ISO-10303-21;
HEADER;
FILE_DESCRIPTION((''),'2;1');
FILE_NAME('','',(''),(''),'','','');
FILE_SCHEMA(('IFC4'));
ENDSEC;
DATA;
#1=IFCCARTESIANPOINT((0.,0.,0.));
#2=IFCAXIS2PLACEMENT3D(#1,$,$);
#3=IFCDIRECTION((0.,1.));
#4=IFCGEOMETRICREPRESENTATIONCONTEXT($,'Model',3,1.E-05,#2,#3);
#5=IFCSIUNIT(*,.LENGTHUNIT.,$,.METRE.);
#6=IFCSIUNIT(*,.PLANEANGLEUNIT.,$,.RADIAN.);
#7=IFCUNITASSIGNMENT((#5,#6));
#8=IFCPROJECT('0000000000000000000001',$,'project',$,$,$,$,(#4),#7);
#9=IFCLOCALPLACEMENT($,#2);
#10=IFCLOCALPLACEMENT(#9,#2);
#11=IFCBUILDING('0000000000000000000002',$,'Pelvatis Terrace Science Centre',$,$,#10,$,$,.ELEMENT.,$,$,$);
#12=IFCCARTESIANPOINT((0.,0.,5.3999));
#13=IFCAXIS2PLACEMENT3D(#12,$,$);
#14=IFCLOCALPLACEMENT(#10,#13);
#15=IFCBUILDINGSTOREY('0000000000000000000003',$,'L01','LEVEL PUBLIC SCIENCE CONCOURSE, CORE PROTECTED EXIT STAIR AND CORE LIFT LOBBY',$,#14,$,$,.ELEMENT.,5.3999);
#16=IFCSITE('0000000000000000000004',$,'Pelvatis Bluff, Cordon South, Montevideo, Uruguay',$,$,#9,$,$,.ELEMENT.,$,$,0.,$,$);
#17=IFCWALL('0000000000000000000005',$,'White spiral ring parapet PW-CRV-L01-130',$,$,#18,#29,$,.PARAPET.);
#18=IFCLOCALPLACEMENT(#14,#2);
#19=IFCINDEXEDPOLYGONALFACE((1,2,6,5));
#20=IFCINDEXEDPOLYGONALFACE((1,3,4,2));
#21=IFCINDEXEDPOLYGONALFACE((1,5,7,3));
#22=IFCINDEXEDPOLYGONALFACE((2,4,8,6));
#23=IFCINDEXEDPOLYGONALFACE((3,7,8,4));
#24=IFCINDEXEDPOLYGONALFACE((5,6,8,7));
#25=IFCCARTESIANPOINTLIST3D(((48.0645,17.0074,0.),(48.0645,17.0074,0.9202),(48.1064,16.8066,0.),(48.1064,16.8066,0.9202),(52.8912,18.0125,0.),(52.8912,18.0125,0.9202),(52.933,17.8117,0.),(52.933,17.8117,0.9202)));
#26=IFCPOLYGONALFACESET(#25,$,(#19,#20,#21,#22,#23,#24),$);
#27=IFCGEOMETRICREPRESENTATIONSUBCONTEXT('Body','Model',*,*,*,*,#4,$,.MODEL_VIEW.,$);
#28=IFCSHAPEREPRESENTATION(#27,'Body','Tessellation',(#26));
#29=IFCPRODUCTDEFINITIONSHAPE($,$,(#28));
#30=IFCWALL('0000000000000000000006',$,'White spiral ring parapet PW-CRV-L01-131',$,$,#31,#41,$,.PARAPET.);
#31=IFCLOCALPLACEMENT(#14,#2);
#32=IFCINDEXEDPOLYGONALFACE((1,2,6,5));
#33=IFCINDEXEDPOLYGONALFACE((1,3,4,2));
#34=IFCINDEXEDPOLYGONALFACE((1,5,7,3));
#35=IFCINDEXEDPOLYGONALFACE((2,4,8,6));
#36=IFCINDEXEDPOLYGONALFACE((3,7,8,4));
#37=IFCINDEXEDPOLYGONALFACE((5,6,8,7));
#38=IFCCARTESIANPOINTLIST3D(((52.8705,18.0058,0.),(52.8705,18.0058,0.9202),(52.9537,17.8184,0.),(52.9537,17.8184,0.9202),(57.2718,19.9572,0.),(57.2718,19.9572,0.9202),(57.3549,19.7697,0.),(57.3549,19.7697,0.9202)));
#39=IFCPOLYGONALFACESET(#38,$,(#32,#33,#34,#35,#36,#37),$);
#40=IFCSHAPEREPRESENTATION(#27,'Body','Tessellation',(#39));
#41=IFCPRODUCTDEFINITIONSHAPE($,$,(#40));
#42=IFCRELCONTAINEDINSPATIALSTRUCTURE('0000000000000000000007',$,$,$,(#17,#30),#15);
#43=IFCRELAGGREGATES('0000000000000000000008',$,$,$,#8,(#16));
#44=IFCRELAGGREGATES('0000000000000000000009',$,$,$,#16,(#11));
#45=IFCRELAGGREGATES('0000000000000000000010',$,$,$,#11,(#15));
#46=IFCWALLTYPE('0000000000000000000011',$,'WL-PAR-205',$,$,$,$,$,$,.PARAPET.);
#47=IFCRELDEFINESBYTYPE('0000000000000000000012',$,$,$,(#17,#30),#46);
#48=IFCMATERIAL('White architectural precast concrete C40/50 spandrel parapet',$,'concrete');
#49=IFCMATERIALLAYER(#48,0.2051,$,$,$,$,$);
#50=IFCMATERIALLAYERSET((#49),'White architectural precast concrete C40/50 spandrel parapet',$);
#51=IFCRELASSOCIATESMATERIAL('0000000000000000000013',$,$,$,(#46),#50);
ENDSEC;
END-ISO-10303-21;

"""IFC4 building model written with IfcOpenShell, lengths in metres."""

from ifc_helpers import new_model, si_unit, direction, frame, frame_2d, origin, place, context, subcontext, project, spatial, rectangle, extrude, material, layer, layer_set, type_object, element, save


model = new_model("IFC4")

# Units and contexts
model_context = context("Model", 3, precision=1e-05, world=origin(), true_north=direction((0.0, 1.0)))
body_context = subcontext(model_context, "Body", "Model", "MODEL_VIEW")
ifc_project = project(units=[si_unit("LENGTHUNIT", "METRE"), si_unit("PLANEANGLEUNIT", "RADIAN")], contexts=[model_context])

# Site, building, storey
site_placement = place(None, origin())
site = spatial("IfcSite", under=ifc_project, at=site_placement, Name="Pelvatis Bluff, Cordon South, Montevideo, Uruguay", CompositionType="ELEMENT", RefElevation=0.0)
building_placement = place(site_placement, origin())
building = spatial("IfcBuilding", under=site, at=building_placement, Name="Pelvatis Terrace Science Centre", CompositionType="ELEMENT")
storey_placement = place(building_placement, frame((0.0, 0.0, 5.3999)))
storey = spatial("IfcBuildingStorey", under=building, at=storey_placement, Name="L01", Description="LEVEL PUBLIC SCIENCE CONCOURSE, CORE PROTECTED EXIT STAIR AND CORE LIFT LOBBY", CompositionType="ELEMENT", Elevation=5.3999)

# Walls
ifc_material_1 = material(Name="White architectural precast concrete C40/50 spandrel parapet", Category="concrete")
ifc_layer_1 = layer(ifc_material_1, 0.2051)
ifc_layer_set_1 = layer_set([ifc_layer_1], Name="White architectural precast concrete C40/50 spandrel parapet")
wall_type_1 = type_object("IfcWallType", Name="WL-PAR-205", PredefinedType="PARAPET", material=ifc_layer_set_1)
wall_1_placement = place(storey_placement, frame((48.0854, 16.907, 0.0), z_axis=(0.0, 0.0, 1.0), x_axis=(0.978998, 0.203871, 0.0)))
element("IfcWall", 1, at=wall_1_placement, inside=storey, type_object=wall_type_1, Name="White spiral ring parapet PW-CRV-L01-130", PredefinedType="PARAPET", context=body_context, shape_type="SweptSolid", body=[
    extrude(rectangle(XDim=4.9302, YDim=0.2051, at=frame_2d((2.4651, 0.0))), origin(), (0.0, 0.0, 1.0), 0.9202),
])
wall_2_placement = place(storey_placement, frame((52.9121, 17.9121, 0.0), z_axis=(0.0, 0.0, 1.0), x_axis=(0.914177, 0.405315, 0.0)))
element("IfcWall", 2, at=wall_2_placement, inside=storey, type_object=wall_type_1, Name="White spiral ring parapet PW-CRV-L01-131", PredefinedType="PARAPET", context=body_context, shape_type="SweptSolid", body=[
    extrude(rectangle(XDim=4.8145, YDim=0.2051, at=frame_2d((2.4072, 0.0))), origin(), (0.0, 0.0, 1.0), 0.9202),
])

save(model, "model.ifc")
